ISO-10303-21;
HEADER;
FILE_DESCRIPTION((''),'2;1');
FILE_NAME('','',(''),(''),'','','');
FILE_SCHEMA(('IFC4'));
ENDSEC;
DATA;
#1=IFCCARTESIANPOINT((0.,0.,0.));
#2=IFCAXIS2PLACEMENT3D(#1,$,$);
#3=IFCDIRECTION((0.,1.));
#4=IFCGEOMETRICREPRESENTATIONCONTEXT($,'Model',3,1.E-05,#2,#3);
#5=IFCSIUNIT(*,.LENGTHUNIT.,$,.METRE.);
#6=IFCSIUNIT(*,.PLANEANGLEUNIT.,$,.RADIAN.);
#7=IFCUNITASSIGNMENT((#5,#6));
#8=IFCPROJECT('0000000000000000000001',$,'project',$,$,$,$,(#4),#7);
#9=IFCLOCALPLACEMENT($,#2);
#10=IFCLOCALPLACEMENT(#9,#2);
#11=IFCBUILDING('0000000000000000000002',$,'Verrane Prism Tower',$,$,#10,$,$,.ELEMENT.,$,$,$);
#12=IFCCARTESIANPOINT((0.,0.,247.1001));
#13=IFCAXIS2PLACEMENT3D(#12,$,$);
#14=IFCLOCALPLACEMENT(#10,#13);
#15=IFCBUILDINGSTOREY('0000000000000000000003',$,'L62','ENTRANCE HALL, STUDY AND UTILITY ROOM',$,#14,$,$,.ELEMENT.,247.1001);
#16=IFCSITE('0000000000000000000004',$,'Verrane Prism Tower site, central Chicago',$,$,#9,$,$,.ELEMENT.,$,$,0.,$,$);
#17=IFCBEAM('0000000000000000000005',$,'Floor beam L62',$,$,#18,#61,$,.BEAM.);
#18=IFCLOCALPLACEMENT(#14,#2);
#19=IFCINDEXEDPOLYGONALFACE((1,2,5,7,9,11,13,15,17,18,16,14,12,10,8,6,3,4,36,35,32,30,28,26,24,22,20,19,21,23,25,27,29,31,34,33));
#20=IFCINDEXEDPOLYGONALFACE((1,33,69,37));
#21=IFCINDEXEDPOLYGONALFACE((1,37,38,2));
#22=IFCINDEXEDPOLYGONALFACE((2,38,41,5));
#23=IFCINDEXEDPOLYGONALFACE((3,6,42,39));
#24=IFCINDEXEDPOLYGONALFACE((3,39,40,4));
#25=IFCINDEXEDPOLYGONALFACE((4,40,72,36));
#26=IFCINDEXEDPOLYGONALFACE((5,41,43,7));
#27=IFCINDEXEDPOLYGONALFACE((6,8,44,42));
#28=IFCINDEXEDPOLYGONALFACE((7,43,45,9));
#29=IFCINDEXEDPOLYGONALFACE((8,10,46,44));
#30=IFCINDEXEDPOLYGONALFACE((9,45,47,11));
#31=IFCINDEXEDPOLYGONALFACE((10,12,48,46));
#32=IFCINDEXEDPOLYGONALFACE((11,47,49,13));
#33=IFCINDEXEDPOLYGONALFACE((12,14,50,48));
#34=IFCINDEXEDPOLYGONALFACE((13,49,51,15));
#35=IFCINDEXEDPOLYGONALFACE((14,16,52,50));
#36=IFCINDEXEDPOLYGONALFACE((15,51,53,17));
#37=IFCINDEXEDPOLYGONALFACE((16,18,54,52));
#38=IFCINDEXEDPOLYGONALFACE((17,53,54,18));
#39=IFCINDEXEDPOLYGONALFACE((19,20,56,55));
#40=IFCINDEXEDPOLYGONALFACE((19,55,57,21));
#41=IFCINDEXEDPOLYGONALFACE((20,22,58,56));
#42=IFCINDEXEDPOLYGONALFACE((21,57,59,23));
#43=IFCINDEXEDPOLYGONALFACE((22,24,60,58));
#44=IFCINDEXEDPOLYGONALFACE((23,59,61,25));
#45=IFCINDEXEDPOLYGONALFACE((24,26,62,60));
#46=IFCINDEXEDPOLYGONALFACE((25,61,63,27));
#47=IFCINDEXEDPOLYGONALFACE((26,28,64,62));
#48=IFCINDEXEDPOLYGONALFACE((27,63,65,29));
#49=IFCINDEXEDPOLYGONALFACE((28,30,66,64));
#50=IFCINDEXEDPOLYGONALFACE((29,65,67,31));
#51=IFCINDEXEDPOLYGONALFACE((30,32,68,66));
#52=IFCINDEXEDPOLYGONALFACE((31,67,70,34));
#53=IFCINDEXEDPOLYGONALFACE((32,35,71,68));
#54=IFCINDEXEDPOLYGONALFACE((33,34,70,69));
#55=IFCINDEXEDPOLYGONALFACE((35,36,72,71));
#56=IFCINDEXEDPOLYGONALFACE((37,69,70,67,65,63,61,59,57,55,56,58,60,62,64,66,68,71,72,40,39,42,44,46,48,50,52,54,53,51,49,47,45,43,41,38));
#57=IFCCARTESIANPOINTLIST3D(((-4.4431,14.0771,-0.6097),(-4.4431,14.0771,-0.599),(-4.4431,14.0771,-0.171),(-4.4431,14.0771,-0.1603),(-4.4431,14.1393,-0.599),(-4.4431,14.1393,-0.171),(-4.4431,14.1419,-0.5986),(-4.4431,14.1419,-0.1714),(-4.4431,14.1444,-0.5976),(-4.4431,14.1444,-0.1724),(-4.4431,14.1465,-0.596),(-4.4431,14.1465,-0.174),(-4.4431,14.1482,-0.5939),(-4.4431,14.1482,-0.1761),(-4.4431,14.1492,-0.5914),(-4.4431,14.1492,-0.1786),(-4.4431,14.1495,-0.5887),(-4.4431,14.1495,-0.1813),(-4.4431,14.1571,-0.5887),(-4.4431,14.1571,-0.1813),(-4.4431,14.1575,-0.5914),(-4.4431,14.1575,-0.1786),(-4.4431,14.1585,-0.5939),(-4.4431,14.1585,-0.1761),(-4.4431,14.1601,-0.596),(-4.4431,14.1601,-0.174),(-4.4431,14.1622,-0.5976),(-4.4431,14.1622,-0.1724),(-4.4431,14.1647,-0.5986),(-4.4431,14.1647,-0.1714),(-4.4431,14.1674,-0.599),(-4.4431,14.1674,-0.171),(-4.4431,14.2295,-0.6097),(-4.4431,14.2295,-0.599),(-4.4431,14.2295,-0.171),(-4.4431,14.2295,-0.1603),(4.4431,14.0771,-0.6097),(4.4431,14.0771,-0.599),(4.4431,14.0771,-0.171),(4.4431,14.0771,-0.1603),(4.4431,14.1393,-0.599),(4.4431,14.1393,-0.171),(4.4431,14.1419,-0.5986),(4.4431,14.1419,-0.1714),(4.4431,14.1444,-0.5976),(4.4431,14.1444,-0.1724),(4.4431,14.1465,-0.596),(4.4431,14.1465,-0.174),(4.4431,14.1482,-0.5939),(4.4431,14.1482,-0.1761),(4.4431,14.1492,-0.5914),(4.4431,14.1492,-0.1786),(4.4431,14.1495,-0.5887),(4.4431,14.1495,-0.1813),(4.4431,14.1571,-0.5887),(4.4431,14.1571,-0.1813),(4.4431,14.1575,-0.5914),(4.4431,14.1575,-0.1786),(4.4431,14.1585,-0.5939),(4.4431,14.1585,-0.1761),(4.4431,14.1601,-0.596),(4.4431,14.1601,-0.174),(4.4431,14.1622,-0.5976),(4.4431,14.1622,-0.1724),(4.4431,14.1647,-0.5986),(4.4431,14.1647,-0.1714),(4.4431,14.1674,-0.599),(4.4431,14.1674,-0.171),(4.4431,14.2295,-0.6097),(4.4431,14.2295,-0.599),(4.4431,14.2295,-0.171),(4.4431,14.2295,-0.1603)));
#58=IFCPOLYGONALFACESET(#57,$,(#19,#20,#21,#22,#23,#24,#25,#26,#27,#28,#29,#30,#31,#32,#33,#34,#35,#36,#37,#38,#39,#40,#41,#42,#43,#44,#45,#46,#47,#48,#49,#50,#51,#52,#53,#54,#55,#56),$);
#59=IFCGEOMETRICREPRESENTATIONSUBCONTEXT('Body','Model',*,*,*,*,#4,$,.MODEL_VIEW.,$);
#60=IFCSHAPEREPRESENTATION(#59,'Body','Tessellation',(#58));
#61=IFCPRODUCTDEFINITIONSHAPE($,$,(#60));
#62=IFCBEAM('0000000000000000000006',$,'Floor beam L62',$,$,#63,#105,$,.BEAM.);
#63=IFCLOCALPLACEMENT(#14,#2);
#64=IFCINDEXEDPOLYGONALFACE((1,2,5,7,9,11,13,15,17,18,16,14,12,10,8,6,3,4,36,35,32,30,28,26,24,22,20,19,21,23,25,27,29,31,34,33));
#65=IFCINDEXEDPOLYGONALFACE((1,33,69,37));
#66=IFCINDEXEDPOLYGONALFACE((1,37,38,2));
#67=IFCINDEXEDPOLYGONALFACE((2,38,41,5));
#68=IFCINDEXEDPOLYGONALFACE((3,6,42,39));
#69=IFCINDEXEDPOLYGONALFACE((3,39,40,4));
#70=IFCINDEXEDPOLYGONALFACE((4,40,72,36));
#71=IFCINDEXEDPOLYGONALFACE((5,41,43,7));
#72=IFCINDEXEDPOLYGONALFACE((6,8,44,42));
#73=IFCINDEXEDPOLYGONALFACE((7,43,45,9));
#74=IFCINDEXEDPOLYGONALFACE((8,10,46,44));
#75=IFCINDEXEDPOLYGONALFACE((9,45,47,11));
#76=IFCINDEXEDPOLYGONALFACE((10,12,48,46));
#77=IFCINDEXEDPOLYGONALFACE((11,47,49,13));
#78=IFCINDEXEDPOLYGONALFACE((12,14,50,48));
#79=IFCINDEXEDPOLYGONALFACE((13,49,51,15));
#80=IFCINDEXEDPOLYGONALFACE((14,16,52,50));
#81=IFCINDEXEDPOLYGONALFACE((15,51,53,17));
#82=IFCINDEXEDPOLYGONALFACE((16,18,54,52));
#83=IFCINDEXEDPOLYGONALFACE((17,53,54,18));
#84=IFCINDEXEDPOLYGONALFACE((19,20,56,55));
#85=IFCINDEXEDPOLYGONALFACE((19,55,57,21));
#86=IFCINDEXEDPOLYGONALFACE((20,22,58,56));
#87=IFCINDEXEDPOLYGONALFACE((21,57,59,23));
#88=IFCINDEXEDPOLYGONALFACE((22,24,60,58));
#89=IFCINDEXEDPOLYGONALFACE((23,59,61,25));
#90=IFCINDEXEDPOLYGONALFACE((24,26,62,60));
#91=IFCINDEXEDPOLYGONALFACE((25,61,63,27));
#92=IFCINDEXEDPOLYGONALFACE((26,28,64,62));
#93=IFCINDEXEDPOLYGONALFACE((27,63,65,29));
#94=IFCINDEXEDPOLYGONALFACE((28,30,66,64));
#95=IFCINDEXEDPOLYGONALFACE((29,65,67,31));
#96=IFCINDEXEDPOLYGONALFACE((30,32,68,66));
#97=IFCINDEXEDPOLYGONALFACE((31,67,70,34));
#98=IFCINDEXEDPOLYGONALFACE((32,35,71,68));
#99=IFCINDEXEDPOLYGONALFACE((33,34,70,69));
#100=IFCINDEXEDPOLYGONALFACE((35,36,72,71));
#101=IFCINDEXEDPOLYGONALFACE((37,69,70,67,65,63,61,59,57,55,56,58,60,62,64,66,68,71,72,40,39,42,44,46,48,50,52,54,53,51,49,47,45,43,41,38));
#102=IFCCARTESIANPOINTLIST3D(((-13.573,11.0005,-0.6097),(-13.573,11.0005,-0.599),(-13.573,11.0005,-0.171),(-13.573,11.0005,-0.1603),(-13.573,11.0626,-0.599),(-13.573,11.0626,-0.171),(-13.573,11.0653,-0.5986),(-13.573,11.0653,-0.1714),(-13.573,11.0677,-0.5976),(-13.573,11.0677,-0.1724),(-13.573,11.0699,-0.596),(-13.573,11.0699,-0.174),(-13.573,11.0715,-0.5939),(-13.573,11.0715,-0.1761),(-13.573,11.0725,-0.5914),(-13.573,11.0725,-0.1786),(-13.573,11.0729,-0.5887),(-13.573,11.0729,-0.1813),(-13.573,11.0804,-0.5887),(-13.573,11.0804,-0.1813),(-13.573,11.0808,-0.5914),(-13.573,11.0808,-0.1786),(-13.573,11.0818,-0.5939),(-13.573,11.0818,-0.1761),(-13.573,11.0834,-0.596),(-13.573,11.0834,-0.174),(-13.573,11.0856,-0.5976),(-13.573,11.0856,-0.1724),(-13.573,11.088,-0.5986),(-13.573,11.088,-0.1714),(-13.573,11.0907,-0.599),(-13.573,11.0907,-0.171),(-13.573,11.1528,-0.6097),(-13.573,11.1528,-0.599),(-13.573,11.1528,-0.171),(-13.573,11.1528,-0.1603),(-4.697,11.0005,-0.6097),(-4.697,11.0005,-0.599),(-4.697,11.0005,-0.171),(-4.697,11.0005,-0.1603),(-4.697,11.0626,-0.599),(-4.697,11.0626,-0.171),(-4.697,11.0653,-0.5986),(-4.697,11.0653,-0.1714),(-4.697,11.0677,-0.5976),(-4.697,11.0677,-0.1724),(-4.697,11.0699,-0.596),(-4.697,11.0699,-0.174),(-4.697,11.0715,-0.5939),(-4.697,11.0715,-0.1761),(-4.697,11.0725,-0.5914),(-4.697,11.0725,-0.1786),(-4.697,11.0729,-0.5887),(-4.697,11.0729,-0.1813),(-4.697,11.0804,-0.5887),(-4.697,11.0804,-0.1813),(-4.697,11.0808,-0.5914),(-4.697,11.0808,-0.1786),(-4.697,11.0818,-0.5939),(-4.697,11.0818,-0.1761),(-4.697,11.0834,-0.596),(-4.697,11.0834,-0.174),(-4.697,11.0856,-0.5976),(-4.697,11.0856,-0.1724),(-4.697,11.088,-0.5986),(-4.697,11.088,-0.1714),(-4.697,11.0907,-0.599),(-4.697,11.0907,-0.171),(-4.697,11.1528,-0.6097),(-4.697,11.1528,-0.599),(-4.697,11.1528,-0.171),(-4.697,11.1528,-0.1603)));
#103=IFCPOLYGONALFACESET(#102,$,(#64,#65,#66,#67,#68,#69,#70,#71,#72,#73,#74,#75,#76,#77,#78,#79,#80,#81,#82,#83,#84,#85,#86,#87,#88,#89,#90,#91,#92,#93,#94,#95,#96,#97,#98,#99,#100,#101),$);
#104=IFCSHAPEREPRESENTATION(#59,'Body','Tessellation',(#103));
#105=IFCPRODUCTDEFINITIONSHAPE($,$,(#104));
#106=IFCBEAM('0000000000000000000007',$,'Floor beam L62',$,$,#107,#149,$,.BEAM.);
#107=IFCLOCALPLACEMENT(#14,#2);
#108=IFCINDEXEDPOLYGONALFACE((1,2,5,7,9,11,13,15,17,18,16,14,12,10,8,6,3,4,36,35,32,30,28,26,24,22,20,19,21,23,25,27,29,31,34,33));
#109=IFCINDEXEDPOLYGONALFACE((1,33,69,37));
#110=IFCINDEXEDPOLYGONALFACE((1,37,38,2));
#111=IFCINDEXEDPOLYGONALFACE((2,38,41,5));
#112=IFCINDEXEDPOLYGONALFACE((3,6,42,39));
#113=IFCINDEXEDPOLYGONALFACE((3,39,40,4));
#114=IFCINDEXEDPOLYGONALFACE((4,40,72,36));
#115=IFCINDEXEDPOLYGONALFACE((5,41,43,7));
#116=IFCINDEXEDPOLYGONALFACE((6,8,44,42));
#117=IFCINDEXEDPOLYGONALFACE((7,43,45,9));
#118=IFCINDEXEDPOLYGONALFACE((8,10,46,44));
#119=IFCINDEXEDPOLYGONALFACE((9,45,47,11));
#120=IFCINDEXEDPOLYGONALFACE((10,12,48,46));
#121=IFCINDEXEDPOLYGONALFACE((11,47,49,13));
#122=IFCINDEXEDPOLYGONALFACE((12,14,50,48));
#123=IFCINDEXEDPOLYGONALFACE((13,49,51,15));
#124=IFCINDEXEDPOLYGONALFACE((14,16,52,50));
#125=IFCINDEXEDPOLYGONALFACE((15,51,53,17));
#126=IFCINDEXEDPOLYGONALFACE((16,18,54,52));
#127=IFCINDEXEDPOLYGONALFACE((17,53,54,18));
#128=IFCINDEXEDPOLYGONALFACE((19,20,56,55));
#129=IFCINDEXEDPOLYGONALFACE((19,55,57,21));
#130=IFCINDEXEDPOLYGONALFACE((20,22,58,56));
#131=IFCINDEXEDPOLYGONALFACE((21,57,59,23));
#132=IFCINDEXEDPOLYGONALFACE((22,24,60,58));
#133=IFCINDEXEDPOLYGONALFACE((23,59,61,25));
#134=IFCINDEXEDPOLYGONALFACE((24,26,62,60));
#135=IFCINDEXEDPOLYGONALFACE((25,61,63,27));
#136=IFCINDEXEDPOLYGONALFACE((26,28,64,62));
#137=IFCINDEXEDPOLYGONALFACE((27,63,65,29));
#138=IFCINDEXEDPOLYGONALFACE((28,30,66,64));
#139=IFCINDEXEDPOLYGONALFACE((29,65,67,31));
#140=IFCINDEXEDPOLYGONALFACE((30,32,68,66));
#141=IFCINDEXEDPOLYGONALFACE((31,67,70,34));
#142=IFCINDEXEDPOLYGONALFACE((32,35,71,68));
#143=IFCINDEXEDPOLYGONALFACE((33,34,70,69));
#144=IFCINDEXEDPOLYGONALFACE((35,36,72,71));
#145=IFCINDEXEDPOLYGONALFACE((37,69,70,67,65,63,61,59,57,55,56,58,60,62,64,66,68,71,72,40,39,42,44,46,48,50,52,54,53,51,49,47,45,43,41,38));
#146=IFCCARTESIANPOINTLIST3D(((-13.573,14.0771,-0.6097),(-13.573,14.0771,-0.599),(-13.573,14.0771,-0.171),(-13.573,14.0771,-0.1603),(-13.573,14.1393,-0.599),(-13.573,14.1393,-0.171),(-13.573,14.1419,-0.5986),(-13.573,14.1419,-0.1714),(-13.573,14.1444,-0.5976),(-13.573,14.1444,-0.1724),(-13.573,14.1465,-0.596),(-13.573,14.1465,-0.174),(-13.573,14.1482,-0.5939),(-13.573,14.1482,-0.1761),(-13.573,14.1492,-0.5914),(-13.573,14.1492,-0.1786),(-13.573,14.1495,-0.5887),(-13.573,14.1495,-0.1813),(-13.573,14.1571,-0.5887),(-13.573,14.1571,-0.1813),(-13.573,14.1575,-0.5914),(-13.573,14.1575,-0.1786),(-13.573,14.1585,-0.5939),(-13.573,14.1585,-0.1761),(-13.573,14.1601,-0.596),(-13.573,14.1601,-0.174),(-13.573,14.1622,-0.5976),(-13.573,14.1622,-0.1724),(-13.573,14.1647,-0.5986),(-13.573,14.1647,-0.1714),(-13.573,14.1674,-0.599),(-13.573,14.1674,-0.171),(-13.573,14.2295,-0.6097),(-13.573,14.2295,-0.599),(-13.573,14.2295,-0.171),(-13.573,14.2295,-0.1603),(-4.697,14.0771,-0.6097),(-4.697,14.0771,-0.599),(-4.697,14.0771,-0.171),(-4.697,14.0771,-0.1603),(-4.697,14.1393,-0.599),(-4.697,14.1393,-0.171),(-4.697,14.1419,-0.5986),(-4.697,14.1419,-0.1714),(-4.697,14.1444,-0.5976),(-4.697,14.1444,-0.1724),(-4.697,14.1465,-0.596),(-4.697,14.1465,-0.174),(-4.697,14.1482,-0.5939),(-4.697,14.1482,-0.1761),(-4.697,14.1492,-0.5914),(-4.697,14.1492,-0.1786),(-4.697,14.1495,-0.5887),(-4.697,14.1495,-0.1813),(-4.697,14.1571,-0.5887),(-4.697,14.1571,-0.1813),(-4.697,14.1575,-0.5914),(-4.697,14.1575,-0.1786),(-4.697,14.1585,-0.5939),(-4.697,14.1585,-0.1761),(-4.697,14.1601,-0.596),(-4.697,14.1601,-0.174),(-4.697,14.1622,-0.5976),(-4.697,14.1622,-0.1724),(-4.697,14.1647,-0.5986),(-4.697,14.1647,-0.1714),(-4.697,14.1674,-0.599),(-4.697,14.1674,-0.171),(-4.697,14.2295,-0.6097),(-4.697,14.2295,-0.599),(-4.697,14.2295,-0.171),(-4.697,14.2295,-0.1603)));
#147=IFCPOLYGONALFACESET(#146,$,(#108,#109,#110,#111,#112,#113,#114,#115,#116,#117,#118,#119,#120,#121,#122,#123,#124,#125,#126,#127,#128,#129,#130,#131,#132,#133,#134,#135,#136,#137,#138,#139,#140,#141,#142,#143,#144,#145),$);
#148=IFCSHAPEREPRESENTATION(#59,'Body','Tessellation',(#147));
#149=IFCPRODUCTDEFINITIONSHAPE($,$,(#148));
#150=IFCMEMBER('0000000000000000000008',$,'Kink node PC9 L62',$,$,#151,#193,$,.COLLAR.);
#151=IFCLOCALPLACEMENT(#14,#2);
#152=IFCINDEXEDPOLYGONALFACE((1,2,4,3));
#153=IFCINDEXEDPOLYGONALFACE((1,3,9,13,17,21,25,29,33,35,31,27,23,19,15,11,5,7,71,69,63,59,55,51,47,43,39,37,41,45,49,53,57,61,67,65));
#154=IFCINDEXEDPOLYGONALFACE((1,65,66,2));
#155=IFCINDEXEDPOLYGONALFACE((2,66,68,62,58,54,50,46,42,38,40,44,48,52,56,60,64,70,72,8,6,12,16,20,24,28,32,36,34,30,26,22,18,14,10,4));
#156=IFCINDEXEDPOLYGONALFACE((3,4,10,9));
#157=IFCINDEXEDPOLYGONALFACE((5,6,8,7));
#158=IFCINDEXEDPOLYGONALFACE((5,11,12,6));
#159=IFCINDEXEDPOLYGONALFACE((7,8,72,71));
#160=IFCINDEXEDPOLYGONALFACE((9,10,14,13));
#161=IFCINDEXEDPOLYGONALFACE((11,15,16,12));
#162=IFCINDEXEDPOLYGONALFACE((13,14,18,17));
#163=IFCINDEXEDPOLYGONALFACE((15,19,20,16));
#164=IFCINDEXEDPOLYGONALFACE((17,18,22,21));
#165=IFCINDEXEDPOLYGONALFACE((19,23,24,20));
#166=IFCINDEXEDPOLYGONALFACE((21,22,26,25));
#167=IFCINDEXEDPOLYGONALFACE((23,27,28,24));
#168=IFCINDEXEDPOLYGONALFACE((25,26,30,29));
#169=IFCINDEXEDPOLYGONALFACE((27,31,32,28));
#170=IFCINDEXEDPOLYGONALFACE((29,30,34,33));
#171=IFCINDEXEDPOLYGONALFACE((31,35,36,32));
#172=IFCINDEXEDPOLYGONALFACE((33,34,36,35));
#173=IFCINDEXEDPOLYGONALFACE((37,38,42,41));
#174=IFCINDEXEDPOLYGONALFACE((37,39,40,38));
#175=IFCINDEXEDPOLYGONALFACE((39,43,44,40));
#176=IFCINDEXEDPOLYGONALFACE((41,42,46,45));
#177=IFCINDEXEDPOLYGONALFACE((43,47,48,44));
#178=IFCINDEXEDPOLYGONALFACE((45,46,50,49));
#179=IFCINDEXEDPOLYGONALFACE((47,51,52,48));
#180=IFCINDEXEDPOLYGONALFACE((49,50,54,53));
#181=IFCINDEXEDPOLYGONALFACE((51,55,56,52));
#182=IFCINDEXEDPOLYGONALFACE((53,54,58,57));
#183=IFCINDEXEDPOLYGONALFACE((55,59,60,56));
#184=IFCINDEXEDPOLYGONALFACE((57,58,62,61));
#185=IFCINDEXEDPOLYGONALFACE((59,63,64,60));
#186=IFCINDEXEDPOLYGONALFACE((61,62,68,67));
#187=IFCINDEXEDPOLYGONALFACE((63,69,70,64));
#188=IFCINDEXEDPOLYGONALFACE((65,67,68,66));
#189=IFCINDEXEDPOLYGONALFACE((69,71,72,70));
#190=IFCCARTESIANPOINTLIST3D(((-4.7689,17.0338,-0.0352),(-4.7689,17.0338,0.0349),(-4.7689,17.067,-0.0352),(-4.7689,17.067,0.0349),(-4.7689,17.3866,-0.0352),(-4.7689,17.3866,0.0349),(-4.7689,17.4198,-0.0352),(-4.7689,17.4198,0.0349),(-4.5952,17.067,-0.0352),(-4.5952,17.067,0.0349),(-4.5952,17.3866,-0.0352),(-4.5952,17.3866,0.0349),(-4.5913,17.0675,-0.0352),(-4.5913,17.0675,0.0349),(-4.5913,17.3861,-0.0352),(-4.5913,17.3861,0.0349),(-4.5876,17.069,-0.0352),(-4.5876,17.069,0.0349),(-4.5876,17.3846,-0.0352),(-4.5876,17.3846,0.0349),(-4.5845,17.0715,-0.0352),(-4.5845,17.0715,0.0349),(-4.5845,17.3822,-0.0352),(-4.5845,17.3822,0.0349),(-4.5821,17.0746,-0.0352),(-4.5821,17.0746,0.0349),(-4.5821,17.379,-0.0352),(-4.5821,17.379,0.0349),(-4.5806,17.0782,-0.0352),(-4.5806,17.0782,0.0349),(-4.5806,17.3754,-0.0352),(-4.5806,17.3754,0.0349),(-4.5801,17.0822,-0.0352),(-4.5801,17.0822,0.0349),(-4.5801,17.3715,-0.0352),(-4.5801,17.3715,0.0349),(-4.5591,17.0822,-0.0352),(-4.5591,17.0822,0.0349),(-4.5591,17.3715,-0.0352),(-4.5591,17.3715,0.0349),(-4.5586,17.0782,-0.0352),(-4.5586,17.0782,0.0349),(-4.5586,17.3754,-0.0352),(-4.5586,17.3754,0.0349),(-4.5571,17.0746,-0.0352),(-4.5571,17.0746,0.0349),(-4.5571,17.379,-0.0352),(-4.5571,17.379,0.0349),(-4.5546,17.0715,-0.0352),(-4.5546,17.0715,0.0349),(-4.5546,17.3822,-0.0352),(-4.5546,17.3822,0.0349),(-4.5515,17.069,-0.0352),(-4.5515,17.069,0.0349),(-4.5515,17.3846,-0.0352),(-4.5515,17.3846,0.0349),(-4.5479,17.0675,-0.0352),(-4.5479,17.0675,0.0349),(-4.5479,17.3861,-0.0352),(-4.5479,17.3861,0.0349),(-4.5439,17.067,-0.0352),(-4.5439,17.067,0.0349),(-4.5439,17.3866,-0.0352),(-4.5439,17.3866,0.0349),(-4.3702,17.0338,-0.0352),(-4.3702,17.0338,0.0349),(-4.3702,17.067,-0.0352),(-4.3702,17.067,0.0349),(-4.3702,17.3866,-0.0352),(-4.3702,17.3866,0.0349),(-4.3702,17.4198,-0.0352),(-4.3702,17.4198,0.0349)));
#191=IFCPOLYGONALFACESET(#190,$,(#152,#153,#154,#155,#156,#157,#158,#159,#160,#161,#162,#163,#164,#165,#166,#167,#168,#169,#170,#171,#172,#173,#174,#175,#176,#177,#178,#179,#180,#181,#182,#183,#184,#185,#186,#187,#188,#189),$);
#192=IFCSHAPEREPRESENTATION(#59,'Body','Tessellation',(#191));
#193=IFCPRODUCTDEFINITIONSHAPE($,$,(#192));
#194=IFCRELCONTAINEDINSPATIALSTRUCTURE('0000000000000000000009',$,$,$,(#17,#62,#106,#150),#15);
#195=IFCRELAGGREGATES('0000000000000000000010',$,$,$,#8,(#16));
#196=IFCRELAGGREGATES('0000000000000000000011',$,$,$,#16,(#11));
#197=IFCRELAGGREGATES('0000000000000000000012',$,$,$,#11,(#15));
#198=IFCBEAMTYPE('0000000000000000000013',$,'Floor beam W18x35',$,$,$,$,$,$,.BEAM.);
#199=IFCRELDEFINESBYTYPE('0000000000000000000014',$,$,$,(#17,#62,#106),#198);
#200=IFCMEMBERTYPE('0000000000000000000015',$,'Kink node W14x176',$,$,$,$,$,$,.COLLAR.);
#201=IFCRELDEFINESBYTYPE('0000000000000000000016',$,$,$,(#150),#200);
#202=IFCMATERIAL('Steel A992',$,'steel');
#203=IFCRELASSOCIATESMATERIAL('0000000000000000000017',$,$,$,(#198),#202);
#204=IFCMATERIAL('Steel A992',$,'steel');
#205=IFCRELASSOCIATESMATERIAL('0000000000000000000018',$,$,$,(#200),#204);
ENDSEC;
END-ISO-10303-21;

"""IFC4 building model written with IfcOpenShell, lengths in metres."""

from ifc_helpers import new_model, si_unit, direction, frame, origin, origin_2d, place, context, subcontext, project, spatial, i_section, extrude, material, material_profile, profile_set, type_object, element, save


model = new_model("IFC4")

# Units and contexts
model_context = context("Model", 3, precision=1e-05, world=origin(), true_north=direction((0.0, 1.0)))
body_context = subcontext(model_context, "Body", "Model", "MODEL_VIEW")
ifc_project = project(units=[si_unit("LENGTHUNIT", "METRE"), si_unit("PLANEANGLEUNIT", "RADIAN")], contexts=[model_context])

# Site, building, storey
site_placement = place(None, origin())
site = spatial("IfcSite", under=ifc_project, at=site_placement, Name="Verrane Prism Tower site, central Chicago", CompositionType="ELEMENT", RefElevation=0.0)
building_placement = place(site_placement, origin())
building = spatial("IfcBuilding", under=site, at=building_placement, Name="Verrane Prism Tower", CompositionType="ELEMENT")
storey_placement = place(building_placement, frame((0.0, 0.0, 247.1001)))
storey = spatial("IfcBuildingStorey", under=building, at=storey_placement, Name="L62", Description="ENTRANCE HALL, STUDY AND UTILITY ROOM", CompositionType="ELEMENT", Elevation=247.1001)

# Beams
ifc_material_1 = material(Name="Steel A992", Category="steel")
ifc_material_profile_1 = material_profile(ifc_material_1, i_section(OverallWidth=0.1523, OverallDepth=0.4495, WebThickness=0.0076, FlangeThickness=0.0107, FilletRadius=0.0103, at=origin_2d()), Name="W18x35")
ifc_profile_set_1 = profile_set([ifc_material_profile_1], Name="Steel A992")
beam_type_1 = type_object("IfcBeamType", Name="Floor beam W18x35", PredefinedType="BEAM", material=ifc_profile_set_1)
for number, where, z_axis, x_axis, name in (
    (1, (-4.4431, 14.1533, -0.385), (1.0, 0.0, 0.0), (0.0, 1.0, 0.0), "Floor beam L62"),
):
    element("IfcBeam", number, at=place(storey_placement, frame(where, z_axis=z_axis, x_axis=x_axis)), inside=storey, type_object=beam_type_1, Name=name, PredefinedType="BEAM", context=body_context, shape_type="SweptSolid", body=[
        extrude(i_section(OverallWidth=0.1523, OverallDepth=0.4495, WebThickness=0.0076, FlangeThickness=0.0107, FilletRadius=0.0103, at=origin_2d()), origin(), (0.0, 0.0, 1.0), 8.8862),
    ])
for number, where, z_axis, x_axis, name in (
    (2, (-13.573, 11.0767, -0.385), (1.0, 0.0, 0.0), (0.0, 1.0, 0.0), "Floor beam L62"),
    (3, (-13.573, 14.1533, -0.385), (1.0, 0.0, 0.0), (0.0, 1.0, 0.0), "Floor beam L62"),
):
    element("IfcBeam", number, at=place(storey_placement, frame(where, z_axis=z_axis, x_axis=x_axis)), inside=storey, type_object=beam_type_1, Name=name, PredefinedType="BEAM", context=body_context, shape_type="SweptSolid", body=[
        extrude(i_section(OverallWidth=0.1523, OverallDepth=0.4495, WebThickness=0.0076, FlangeThickness=0.0107, FilletRadius=0.0103, at=origin_2d()), origin(), (0.0, 0.0, 1.0), 8.876),
    ])

# Member
ifc_material_2 = material(Name="Steel A992", Category="steel")
ifc_material_profile_2 = material_profile(ifc_material_2, i_section(OverallWidth=0.3987, OverallDepth=0.386, WebThickness=0.021, FlangeThickness=0.0332, FilletRadius=0.0151, at=origin_2d()), Name="W14x176")
ifc_profile_set_2 = profile_set([ifc_material_profile_2], Name="Steel A992")
member_type_1 = type_object("IfcMemberType", Name="Kink node W14x176", PredefinedType="COLLAR", material=ifc_profile_set_2)
member_1_placement = place(storey_placement, frame((-4.5696, 17.2268, -0.0352), z_axis=(0.0, 0.0, 1.0), x_axis=(1.0, 0.0, 0.0)))
element("IfcMember", 4, at=member_1_placement, inside=storey, type_object=member_type_1, Name="Kink node PC9 L62", PredefinedType="COLLAR", context=body_context, shape_type="SweptSolid", body=[
    extrude(i_section(OverallWidth=0.3987, OverallDepth=0.386, WebThickness=0.021, FlangeThickness=0.0332, FilletRadius=0.0151, at=origin_2d()), origin(), (0.0, 0.0, 1.0), 0.0701),
])

save(model, "model.ifc")
